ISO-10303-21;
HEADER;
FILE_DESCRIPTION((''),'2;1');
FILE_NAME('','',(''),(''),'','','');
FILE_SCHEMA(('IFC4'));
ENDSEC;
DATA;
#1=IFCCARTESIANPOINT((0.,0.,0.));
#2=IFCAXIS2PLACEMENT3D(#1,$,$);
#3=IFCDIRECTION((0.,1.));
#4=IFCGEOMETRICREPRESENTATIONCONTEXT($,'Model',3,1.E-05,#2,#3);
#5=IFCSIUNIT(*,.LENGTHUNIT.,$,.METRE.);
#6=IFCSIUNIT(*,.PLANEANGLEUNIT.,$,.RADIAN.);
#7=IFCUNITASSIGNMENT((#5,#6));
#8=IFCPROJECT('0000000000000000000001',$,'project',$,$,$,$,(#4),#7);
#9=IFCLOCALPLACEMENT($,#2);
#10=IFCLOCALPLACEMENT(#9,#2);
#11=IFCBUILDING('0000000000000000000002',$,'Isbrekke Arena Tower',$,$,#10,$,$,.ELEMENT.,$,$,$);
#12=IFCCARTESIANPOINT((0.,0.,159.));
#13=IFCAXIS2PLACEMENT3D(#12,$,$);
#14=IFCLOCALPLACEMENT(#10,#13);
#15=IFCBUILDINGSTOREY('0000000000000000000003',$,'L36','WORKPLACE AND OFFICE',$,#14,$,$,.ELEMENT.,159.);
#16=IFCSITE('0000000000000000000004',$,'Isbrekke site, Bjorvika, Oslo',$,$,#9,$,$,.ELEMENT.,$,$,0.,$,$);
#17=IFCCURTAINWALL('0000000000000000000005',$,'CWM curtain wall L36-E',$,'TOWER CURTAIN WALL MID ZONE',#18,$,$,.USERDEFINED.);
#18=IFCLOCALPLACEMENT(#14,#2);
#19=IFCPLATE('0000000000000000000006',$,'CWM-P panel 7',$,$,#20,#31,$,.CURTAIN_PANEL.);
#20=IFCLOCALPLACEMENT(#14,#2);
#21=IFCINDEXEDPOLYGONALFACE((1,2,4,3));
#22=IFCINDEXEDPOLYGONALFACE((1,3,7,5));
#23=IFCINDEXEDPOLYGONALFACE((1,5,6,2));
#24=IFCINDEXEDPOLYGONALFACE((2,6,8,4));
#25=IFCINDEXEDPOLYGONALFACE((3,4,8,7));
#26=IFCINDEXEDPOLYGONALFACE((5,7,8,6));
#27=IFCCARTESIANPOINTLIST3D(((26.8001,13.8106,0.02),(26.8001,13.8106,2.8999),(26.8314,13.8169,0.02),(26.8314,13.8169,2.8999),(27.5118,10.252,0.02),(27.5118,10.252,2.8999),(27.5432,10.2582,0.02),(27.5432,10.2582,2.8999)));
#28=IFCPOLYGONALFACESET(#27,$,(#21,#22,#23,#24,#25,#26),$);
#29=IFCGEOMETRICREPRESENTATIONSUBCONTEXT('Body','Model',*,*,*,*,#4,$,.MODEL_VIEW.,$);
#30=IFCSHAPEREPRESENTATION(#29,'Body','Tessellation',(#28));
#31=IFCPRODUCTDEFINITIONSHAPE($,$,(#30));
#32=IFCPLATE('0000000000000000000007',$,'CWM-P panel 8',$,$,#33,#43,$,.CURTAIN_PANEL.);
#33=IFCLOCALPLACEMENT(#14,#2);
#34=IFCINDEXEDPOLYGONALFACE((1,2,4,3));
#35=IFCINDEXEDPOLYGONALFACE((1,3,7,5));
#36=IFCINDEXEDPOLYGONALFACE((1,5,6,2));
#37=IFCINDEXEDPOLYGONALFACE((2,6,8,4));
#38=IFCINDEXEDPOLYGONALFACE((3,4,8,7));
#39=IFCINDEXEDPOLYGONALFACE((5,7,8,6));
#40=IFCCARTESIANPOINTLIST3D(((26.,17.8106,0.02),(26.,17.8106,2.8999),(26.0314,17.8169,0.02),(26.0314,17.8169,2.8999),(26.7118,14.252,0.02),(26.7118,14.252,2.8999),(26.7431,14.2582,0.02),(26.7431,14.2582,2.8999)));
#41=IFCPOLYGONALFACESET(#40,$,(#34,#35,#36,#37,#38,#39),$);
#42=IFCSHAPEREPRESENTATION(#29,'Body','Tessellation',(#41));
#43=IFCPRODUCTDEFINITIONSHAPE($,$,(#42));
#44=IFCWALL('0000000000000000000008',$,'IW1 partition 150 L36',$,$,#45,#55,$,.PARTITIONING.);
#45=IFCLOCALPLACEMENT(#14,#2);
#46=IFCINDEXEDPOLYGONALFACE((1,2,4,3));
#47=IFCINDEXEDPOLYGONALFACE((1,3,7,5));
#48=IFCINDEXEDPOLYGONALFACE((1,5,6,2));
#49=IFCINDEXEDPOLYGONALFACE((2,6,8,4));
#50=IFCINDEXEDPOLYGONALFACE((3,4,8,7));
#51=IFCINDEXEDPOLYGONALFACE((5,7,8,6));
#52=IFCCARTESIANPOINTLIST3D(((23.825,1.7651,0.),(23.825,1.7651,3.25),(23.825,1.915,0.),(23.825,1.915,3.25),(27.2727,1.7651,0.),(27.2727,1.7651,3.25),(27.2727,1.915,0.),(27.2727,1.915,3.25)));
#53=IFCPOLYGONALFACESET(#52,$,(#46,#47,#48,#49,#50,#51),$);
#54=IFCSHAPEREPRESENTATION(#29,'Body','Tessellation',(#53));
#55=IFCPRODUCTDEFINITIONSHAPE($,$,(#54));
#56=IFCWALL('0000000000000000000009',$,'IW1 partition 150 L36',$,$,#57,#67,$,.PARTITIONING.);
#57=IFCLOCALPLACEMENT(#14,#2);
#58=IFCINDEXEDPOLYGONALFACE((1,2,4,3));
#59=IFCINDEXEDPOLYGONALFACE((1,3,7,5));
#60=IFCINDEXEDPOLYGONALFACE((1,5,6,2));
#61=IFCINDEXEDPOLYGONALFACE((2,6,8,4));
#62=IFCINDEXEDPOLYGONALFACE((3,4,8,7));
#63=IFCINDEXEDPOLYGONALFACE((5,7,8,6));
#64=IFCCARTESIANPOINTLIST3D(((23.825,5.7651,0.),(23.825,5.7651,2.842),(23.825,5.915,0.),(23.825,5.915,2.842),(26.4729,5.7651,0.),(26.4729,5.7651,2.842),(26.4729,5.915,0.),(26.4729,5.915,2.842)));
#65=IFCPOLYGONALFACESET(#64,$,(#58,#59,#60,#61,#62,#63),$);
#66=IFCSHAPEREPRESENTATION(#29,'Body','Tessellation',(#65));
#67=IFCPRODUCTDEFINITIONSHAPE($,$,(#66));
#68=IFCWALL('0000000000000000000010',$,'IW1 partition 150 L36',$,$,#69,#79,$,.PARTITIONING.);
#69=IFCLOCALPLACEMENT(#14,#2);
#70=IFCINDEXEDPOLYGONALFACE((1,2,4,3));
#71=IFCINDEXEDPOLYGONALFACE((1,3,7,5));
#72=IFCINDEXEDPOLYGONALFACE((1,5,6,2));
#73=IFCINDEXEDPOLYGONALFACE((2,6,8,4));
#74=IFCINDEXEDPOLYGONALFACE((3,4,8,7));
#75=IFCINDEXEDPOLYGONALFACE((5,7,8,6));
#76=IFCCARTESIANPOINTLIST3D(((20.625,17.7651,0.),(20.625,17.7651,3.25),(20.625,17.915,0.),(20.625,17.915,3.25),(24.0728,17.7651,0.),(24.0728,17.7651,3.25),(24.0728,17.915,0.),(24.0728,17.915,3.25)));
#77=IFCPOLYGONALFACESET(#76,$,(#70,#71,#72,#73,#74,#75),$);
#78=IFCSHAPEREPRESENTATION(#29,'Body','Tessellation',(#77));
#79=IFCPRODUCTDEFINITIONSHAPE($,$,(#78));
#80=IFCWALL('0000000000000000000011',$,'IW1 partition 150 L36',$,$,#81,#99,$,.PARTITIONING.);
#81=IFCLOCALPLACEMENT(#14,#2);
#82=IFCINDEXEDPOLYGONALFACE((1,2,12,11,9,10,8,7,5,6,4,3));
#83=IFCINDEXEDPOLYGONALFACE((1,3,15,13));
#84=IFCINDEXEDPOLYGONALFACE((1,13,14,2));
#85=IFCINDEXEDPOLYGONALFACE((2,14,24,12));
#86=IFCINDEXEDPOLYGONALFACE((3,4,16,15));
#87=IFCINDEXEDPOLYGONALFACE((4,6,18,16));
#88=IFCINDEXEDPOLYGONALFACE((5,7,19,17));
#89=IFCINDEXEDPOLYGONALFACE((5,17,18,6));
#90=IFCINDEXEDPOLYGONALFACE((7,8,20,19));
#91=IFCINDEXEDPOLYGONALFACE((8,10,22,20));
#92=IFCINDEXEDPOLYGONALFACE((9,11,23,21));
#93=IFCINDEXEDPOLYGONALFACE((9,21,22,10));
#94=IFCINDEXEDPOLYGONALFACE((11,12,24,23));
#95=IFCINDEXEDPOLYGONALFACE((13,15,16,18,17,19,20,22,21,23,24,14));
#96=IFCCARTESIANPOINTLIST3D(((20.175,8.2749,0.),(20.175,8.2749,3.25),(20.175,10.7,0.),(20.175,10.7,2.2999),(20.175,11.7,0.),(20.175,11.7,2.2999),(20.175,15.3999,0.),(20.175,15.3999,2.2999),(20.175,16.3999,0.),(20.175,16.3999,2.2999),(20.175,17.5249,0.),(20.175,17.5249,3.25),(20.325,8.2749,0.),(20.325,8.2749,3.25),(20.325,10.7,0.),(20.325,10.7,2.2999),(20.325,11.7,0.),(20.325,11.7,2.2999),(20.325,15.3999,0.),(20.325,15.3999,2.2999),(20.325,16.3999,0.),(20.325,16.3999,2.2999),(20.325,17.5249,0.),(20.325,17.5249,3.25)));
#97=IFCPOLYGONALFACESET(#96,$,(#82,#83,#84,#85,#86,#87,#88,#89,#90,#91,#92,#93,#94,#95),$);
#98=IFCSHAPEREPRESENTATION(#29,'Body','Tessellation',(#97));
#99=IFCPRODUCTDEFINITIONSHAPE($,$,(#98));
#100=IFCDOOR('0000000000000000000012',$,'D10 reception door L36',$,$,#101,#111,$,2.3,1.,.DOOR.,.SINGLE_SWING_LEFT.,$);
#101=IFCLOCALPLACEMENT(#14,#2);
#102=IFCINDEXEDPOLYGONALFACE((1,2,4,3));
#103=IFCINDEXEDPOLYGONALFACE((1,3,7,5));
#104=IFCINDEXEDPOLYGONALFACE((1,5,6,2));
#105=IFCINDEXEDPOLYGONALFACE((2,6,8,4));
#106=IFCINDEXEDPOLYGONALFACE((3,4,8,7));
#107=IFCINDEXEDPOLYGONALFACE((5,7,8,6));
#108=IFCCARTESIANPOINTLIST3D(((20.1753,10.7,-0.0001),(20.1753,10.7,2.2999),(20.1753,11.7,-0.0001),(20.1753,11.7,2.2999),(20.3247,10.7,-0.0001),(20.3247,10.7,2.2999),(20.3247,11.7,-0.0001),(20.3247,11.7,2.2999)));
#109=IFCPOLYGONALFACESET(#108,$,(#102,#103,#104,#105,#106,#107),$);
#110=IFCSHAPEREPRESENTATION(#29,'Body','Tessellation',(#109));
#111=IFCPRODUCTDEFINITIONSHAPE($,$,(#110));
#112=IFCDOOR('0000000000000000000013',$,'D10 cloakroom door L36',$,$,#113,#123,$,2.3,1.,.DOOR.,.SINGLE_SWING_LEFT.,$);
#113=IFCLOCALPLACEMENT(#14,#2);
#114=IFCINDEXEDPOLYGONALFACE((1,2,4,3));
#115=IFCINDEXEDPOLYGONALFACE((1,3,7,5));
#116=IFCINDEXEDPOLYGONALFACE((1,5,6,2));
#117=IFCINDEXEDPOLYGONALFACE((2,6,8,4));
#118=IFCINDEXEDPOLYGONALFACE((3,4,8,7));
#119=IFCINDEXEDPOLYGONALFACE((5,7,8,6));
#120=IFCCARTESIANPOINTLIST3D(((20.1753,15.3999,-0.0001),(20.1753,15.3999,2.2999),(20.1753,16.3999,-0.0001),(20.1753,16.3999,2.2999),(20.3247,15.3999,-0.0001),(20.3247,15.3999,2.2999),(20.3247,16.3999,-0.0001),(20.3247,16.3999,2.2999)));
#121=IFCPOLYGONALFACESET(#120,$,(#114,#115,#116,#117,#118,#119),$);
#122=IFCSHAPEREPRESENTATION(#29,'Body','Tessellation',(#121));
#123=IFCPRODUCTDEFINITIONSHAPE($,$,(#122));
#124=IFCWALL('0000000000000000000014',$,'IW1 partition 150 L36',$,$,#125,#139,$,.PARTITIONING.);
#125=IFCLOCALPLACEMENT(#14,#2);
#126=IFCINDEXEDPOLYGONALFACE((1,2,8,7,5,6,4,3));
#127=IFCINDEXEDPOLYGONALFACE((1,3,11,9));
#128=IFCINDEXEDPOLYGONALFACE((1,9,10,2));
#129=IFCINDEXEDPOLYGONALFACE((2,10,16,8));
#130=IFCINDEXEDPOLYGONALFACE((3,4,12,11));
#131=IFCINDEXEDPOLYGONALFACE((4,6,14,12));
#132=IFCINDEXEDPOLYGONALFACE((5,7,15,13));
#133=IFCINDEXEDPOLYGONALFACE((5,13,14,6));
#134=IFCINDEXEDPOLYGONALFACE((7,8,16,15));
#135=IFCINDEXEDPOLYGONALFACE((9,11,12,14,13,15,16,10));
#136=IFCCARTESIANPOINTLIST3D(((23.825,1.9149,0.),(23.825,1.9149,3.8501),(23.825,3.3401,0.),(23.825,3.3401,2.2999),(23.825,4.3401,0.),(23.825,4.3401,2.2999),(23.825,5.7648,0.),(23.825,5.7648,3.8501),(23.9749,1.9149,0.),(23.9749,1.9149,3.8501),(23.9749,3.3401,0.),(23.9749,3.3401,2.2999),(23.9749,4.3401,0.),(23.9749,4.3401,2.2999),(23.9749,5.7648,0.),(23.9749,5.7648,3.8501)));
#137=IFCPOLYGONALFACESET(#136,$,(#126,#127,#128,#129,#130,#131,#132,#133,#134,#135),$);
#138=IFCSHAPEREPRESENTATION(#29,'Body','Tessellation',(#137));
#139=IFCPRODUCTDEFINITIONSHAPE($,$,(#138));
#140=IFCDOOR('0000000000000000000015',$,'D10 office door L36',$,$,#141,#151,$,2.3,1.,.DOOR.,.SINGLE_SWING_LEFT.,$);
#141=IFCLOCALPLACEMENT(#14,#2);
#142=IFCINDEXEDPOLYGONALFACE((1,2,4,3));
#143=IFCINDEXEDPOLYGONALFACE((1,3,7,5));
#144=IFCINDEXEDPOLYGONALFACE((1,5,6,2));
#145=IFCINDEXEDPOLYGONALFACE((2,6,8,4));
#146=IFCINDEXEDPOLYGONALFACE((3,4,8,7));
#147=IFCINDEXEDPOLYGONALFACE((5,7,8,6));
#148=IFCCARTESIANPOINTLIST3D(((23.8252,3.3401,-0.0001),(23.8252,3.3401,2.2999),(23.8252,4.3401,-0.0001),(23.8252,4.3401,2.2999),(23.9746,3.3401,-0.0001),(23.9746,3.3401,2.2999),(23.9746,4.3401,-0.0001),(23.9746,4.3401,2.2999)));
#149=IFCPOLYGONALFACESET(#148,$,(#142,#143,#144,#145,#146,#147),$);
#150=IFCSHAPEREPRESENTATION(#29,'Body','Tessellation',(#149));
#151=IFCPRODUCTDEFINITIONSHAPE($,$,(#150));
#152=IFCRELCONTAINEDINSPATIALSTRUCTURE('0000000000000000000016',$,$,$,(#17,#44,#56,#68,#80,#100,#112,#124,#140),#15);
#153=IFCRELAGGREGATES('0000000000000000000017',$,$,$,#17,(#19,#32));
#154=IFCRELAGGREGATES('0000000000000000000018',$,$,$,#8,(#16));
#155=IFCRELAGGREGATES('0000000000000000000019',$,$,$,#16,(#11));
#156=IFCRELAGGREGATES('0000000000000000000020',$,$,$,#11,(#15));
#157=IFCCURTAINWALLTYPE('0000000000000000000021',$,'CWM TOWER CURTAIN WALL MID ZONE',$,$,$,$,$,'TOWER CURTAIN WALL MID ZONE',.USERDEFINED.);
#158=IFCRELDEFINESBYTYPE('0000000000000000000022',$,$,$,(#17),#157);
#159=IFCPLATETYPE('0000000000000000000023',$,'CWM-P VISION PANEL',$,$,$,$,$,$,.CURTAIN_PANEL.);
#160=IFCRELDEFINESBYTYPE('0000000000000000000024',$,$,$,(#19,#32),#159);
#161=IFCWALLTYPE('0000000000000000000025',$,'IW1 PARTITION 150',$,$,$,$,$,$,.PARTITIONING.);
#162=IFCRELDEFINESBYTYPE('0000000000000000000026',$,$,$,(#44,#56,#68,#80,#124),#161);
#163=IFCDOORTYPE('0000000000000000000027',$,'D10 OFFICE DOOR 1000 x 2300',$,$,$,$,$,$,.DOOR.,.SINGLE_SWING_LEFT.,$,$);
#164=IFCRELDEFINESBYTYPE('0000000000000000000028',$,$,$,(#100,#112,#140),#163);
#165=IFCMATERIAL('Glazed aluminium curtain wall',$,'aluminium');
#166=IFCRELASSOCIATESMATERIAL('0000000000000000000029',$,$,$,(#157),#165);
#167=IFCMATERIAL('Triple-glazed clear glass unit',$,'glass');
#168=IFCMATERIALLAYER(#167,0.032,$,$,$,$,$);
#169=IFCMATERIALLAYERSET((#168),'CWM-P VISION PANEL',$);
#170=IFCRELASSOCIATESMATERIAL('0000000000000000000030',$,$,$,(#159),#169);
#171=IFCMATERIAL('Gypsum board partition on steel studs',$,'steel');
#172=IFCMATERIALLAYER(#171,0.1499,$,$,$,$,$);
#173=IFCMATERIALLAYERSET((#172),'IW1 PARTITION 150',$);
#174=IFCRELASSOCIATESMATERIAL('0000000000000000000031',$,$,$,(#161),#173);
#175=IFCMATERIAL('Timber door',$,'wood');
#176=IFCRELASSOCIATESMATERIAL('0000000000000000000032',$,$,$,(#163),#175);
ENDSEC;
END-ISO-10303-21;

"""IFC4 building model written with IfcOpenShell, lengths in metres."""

from ifc_helpers import new_model, si_unit, direction, frame, frame_2d, origin, origin_2d, place, context, subcontext, project, spatial, rectangle, extrude, material, layer, layer_set, type_object, element, fill, aggregate, save


model = new_model("IFC4")

# Units and contexts
model_context = context("Model", 3, precision=1e-05, world=origin(), true_north=direction((0.0, 1.0)))
body_context = subcontext(model_context, "Body", "Model", "MODEL_VIEW")
ifc_project = project(units=[si_unit("LENGTHUNIT", "METRE"), si_unit("PLANEANGLEUNIT", "RADIAN")], contexts=[model_context])

# Site, building, storey
site_placement = place(None, origin())
site = spatial("IfcSite", under=ifc_project, at=site_placement, Name="Isbrekke site, Bjorvika, Oslo", CompositionType="ELEMENT", RefElevation=0.0)
building_placement = place(site_placement, origin())
building = spatial("IfcBuilding", under=site, at=building_placement, Name="Isbrekke Arena Tower", CompositionType="ELEMENT")
storey_placement = place(building_placement, frame((0.0, 0.0, 159.0)))
storey = spatial("IfcBuildingStorey", under=building, at=storey_placement, Name="L36", Description="WORKPLACE AND OFFICE", CompositionType="ELEMENT", Elevation=159.0)

# Curtain wall
ifc_material_1 = material(Name="Glazed aluminium curtain wall", Category="aluminium")
curtain_wall_type = type_object("IfcCurtainWallType", Name="CWM TOWER CURTAIN WALL MID ZONE", ElementType="TOWER CURTAIN WALL MID ZONE", PredefinedType="USERDEFINED", material=ifc_material_1)
curtain_wall_placement = place(storey_placement, origin())
curtain_wall = element("IfcCurtainWall", 1, at=curtain_wall_placement, inside=storey, type_object=curtain_wall_type, Name="CWM curtain wall L36-E", ObjectType="TOWER CURTAIN WALL MID ZONE", PredefinedType="USERDEFINED")

# Plates
ifc_material_2 = material(Name="Triple-glazed clear glass unit", Category="glass")
ifc_layer_1 = layer(ifc_material_2, 0.032)
ifc_layer_set_1 = layer_set([ifc_layer_1], Name="CWM-P VISION PANEL")
plate_type = type_object("IfcPlateType", Name="CWM-P VISION PANEL", PredefinedType="CURTAIN_PANEL", material=ifc_layer_set_1)
plate_1_placement = place(storey_placement, frame((27.1716, 12.0344, 0.02), z_axis=(0.0, 0.0, 1.0), x_axis=(-0.196116, 0.980581, 0.0)))
plate_1 = element("IfcPlate", 2, at=plate_1_placement, type_object=plate_type, Name="CWM-P panel 7", PredefinedType="CURTAIN_PANEL", context=body_context, shape_type="SweptSolid", body=[
    extrude(rectangle(XDim=3.6292, YDim=0.032, at=origin_2d()), origin(), (0.0, 0.0, 1.0), 2.8799),
])
plate_2_placement = place(storey_placement, frame((26.3716, 16.0344, 0.02), z_axis=(0.0, 0.0, 1.0), x_axis=(-0.196116, 0.980581, 0.0)))
plate_2 = element("IfcPlate", 3, at=plate_2_placement, type_object=plate_type, Name="CWM-P panel 8", PredefinedType="CURTAIN_PANEL", context=body_context, shape_type="SweptSolid", body=[
    extrude(rectangle(XDim=3.6292, YDim=0.032, at=origin_2d()), origin(), (0.0, 0.0, 1.0), 2.8799),
])
aggregate(curtain_wall, [plate_1, plate_2])

# Walls
ifc_material_3 = material(Name="Gypsum board partition on steel studs", Category="steel")
ifc_layer_2 = layer(ifc_material_3, 0.1499)
ifc_layer_set_2 = layer_set([ifc_layer_2], Name="IW1 PARTITION 150")
wall_type = type_object("IfcWallType", Name="IW1 PARTITION 150", PredefinedType="PARTITIONING", material=ifc_layer_set_2)
wall_1_placement = place(storey_placement, frame((23.825, 1.8401, 0.0), z_axis=(0.0, 0.0, 1.0), x_axis=(1.0, 0.0, 0.0)))
element("IfcWall", 4, at=wall_1_placement, inside=storey, type_object=wall_type, Name="IW1 partition 150 L36", PredefinedType="PARTITIONING", context=body_context, shape_type="SweptSolid", body=[
    extrude(rectangle(XDim=3.4478, YDim=0.1499, at=frame_2d((1.7239, 0.0))), origin(), (0.0, 0.0, 1.0), 3.25),
])
wall_2_placement = place(storey_placement, frame((23.825, 5.8401, 0.0), z_axis=(0.0, 0.0, 1.0), x_axis=(1.0, 0.0, 0.0)))
element("IfcWall", 5, at=wall_2_placement, inside=storey, type_object=wall_type, Name="IW1 partition 150 L36", PredefinedType="PARTITIONING", context=body_context, shape_type="SweptSolid", body=[
    extrude(rectangle(XDim=2.6479, YDim=0.1499, at=frame_2d((1.324, 0.0))), origin(), (0.0, 0.0, 1.0), 2.842),
])
wall_3_placement = place(storey_placement, frame((20.625, 17.8401, 0.0), z_axis=(0.0, 0.0, 1.0), x_axis=(1.0, 0.0, 0.0)))
element("IfcWall", 6, at=wall_3_placement, inside=storey, type_object=wall_type, Name="IW1 partition 150 L36", PredefinedType="PARTITIONING", context=body_context, shape_type="SweptSolid", body=[
    extrude(rectangle(XDim=3.4478, YDim=0.1499, at=frame_2d((1.7239, 0.0))), origin(), (0.0, 0.0, 1.0), 3.25),
])

# Wall, openings, doors
wall_4_placement = place(storey_placement, frame((20.25, 8.2749, 0.0), z_axis=(0.0, 0.0, 1.0), x_axis=(0.0, 1.0, 0.0)))
wall_4 = element("IfcWall", 7, at=wall_4_placement, inside=storey, type_object=wall_type, Name="IW1 partition 150 L36", PredefinedType="PARTITIONING", context=body_context, shape_type="SweptSolid", body=[
    extrude(rectangle(XDim=9.25, YDim=0.1499, at=frame_2d((4.625, 0.0))), origin(), (0.0, 0.0, 1.0), 3.25),
])
opening_1_placement = place(wall_4_placement, frame((2.425, 0.0, 0.0)))
opening_1 = element("IfcOpeningElement", 8, at=opening_1_placement, cuts=wall_4, PredefinedType="OPENING", context=body_context, shape_type="SweptSolid", body=[
    extrude(rectangle(XDim=1.0, YDim=2.3, at=frame_2d((0.5, 1.1499))), frame((0.0, 0.0898, 0.0), z_axis=(0.0, -1.0, 0.0), x_axis=(1.0, 0.0, 0.0)), (0.0, 0.0, 1.0), 0.1797),
])
opening_2_placement = place(wall_4_placement, frame((7.125, 0.0, 0.0)))
opening_2 = element("IfcOpeningElement", 9, at=opening_2_placement, cuts=wall_4, PredefinedType="OPENING", context=body_context, shape_type="SweptSolid", body=[
    extrude(rectangle(XDim=1.0, YDim=2.3, at=frame_2d((0.5, 1.1499))), frame((0.0, 0.0898, 0.0), z_axis=(0.0, -1.0, 0.0), x_axis=(1.0, 0.0, 0.0)), (0.0, 0.0, 1.0), 0.1797),
])
ifc_material_4 = material(Name="Timber door", Category="wood")
door_type = type_object("IfcDoorType", Name="D10 OFFICE DOOR 1000 x 2300", OperationType="SINGLE_SWING_LEFT", PredefinedType="DOOR", material=ifc_material_4)
door_1_placement = place(opening_1_placement, origin())
door_1 = element("IfcDoor", 10, at=door_1_placement, inside=storey, type_object=door_type, Name="D10 reception door L36", OperationType="SINGLE_SWING_LEFT", OverallHeight=2.3, OverallWidth=1.0, PredefinedType="DOOR", context=body_context, shape_type="SweptSolid", body=[
    extrude(rectangle(XDim=1.0, YDim=2.3, at=frame_2d((0.5, 1.1499))), frame((0.0, 0.0747, 0.0), z_axis=(0.0, -1.0, 0.0), x_axis=(1.0, 0.0, 0.0)), (0.0, 0.0, 1.0), 0.1494),
])
fill(opening_1, door_1)
door_2_placement = place(opening_2_placement, origin())
door_2 = element("IfcDoor", 11, at=door_2_placement, inside=storey, type_object=door_type, Name="D10 cloakroom door L36", OperationType="SINGLE_SWING_LEFT", OverallHeight=2.3, OverallWidth=1.0, PredefinedType="DOOR", context=body_context, shape_type="SweptSolid", body=[
    extrude(rectangle(XDim=1.0, YDim=2.3, at=frame_2d((0.5, 1.1499))), frame((0.0, 0.0747, 0.0), z_axis=(0.0, -1.0, 0.0), x_axis=(1.0, 0.0, 0.0)), (0.0, 0.0, 1.0), 0.1494),
])
fill(opening_2, door_2)

# Wall, opening, door
wall_5_placement = place(storey_placement, frame((23.8999, 1.915, 0.0), z_axis=(0.0, 0.0, 1.0), x_axis=(0.0, 1.0, 0.0)))
wall_5 = element("IfcWall", 12, at=wall_5_placement, inside=storey, type_object=wall_type, Name="IW1 partition 150 L36", PredefinedType="PARTITIONING", context=body_context, shape_type="SweptSolid", body=[
    extrude(rectangle(XDim=3.8499, YDim=0.1499, at=frame_2d((1.9248, 0.0))), origin(), (0.0, 0.0, 1.0), 3.8501),
])
opening_3_placement = place(wall_5_placement, frame((1.425, 0.0, 0.0)))
opening_3 = element("IfcOpeningElement", 13, at=opening_3_placement, cuts=wall_5, PredefinedType="OPENING", context=body_context, shape_type="SweptSolid", body=[
    extrude(rectangle(XDim=1.0, YDim=2.3, at=frame_2d((0.5, 1.1499))), frame((0.0, 0.0898, 0.0), z_axis=(0.0, -1.0, 0.0), x_axis=(1.0, 0.0, 0.0)), (0.0, 0.0, 1.0), 0.1797),
])
door_3_placement = place(opening_3_placement, origin())
door_3 = element("IfcDoor", 14, at=door_3_placement, inside=storey, type_object=door_type, Name="D10 office door L36", OperationType="SINGLE_SWING_LEFT", OverallHeight=2.3, OverallWidth=1.0, PredefinedType="DOOR", context=body_context, shape_type="SweptSolid", body=[
    extrude(rectangle(XDim=1.0, YDim=2.3, at=frame_2d((0.5, 1.1499))), frame((0.0, 0.0747, 0.0), z_axis=(0.0, -1.0, 0.0), x_axis=(1.0, 0.0, 0.0)), (0.0, 0.0, 1.0), 0.1494),
])
fill(opening_3, door_3)

save(model, "model.ifc")
